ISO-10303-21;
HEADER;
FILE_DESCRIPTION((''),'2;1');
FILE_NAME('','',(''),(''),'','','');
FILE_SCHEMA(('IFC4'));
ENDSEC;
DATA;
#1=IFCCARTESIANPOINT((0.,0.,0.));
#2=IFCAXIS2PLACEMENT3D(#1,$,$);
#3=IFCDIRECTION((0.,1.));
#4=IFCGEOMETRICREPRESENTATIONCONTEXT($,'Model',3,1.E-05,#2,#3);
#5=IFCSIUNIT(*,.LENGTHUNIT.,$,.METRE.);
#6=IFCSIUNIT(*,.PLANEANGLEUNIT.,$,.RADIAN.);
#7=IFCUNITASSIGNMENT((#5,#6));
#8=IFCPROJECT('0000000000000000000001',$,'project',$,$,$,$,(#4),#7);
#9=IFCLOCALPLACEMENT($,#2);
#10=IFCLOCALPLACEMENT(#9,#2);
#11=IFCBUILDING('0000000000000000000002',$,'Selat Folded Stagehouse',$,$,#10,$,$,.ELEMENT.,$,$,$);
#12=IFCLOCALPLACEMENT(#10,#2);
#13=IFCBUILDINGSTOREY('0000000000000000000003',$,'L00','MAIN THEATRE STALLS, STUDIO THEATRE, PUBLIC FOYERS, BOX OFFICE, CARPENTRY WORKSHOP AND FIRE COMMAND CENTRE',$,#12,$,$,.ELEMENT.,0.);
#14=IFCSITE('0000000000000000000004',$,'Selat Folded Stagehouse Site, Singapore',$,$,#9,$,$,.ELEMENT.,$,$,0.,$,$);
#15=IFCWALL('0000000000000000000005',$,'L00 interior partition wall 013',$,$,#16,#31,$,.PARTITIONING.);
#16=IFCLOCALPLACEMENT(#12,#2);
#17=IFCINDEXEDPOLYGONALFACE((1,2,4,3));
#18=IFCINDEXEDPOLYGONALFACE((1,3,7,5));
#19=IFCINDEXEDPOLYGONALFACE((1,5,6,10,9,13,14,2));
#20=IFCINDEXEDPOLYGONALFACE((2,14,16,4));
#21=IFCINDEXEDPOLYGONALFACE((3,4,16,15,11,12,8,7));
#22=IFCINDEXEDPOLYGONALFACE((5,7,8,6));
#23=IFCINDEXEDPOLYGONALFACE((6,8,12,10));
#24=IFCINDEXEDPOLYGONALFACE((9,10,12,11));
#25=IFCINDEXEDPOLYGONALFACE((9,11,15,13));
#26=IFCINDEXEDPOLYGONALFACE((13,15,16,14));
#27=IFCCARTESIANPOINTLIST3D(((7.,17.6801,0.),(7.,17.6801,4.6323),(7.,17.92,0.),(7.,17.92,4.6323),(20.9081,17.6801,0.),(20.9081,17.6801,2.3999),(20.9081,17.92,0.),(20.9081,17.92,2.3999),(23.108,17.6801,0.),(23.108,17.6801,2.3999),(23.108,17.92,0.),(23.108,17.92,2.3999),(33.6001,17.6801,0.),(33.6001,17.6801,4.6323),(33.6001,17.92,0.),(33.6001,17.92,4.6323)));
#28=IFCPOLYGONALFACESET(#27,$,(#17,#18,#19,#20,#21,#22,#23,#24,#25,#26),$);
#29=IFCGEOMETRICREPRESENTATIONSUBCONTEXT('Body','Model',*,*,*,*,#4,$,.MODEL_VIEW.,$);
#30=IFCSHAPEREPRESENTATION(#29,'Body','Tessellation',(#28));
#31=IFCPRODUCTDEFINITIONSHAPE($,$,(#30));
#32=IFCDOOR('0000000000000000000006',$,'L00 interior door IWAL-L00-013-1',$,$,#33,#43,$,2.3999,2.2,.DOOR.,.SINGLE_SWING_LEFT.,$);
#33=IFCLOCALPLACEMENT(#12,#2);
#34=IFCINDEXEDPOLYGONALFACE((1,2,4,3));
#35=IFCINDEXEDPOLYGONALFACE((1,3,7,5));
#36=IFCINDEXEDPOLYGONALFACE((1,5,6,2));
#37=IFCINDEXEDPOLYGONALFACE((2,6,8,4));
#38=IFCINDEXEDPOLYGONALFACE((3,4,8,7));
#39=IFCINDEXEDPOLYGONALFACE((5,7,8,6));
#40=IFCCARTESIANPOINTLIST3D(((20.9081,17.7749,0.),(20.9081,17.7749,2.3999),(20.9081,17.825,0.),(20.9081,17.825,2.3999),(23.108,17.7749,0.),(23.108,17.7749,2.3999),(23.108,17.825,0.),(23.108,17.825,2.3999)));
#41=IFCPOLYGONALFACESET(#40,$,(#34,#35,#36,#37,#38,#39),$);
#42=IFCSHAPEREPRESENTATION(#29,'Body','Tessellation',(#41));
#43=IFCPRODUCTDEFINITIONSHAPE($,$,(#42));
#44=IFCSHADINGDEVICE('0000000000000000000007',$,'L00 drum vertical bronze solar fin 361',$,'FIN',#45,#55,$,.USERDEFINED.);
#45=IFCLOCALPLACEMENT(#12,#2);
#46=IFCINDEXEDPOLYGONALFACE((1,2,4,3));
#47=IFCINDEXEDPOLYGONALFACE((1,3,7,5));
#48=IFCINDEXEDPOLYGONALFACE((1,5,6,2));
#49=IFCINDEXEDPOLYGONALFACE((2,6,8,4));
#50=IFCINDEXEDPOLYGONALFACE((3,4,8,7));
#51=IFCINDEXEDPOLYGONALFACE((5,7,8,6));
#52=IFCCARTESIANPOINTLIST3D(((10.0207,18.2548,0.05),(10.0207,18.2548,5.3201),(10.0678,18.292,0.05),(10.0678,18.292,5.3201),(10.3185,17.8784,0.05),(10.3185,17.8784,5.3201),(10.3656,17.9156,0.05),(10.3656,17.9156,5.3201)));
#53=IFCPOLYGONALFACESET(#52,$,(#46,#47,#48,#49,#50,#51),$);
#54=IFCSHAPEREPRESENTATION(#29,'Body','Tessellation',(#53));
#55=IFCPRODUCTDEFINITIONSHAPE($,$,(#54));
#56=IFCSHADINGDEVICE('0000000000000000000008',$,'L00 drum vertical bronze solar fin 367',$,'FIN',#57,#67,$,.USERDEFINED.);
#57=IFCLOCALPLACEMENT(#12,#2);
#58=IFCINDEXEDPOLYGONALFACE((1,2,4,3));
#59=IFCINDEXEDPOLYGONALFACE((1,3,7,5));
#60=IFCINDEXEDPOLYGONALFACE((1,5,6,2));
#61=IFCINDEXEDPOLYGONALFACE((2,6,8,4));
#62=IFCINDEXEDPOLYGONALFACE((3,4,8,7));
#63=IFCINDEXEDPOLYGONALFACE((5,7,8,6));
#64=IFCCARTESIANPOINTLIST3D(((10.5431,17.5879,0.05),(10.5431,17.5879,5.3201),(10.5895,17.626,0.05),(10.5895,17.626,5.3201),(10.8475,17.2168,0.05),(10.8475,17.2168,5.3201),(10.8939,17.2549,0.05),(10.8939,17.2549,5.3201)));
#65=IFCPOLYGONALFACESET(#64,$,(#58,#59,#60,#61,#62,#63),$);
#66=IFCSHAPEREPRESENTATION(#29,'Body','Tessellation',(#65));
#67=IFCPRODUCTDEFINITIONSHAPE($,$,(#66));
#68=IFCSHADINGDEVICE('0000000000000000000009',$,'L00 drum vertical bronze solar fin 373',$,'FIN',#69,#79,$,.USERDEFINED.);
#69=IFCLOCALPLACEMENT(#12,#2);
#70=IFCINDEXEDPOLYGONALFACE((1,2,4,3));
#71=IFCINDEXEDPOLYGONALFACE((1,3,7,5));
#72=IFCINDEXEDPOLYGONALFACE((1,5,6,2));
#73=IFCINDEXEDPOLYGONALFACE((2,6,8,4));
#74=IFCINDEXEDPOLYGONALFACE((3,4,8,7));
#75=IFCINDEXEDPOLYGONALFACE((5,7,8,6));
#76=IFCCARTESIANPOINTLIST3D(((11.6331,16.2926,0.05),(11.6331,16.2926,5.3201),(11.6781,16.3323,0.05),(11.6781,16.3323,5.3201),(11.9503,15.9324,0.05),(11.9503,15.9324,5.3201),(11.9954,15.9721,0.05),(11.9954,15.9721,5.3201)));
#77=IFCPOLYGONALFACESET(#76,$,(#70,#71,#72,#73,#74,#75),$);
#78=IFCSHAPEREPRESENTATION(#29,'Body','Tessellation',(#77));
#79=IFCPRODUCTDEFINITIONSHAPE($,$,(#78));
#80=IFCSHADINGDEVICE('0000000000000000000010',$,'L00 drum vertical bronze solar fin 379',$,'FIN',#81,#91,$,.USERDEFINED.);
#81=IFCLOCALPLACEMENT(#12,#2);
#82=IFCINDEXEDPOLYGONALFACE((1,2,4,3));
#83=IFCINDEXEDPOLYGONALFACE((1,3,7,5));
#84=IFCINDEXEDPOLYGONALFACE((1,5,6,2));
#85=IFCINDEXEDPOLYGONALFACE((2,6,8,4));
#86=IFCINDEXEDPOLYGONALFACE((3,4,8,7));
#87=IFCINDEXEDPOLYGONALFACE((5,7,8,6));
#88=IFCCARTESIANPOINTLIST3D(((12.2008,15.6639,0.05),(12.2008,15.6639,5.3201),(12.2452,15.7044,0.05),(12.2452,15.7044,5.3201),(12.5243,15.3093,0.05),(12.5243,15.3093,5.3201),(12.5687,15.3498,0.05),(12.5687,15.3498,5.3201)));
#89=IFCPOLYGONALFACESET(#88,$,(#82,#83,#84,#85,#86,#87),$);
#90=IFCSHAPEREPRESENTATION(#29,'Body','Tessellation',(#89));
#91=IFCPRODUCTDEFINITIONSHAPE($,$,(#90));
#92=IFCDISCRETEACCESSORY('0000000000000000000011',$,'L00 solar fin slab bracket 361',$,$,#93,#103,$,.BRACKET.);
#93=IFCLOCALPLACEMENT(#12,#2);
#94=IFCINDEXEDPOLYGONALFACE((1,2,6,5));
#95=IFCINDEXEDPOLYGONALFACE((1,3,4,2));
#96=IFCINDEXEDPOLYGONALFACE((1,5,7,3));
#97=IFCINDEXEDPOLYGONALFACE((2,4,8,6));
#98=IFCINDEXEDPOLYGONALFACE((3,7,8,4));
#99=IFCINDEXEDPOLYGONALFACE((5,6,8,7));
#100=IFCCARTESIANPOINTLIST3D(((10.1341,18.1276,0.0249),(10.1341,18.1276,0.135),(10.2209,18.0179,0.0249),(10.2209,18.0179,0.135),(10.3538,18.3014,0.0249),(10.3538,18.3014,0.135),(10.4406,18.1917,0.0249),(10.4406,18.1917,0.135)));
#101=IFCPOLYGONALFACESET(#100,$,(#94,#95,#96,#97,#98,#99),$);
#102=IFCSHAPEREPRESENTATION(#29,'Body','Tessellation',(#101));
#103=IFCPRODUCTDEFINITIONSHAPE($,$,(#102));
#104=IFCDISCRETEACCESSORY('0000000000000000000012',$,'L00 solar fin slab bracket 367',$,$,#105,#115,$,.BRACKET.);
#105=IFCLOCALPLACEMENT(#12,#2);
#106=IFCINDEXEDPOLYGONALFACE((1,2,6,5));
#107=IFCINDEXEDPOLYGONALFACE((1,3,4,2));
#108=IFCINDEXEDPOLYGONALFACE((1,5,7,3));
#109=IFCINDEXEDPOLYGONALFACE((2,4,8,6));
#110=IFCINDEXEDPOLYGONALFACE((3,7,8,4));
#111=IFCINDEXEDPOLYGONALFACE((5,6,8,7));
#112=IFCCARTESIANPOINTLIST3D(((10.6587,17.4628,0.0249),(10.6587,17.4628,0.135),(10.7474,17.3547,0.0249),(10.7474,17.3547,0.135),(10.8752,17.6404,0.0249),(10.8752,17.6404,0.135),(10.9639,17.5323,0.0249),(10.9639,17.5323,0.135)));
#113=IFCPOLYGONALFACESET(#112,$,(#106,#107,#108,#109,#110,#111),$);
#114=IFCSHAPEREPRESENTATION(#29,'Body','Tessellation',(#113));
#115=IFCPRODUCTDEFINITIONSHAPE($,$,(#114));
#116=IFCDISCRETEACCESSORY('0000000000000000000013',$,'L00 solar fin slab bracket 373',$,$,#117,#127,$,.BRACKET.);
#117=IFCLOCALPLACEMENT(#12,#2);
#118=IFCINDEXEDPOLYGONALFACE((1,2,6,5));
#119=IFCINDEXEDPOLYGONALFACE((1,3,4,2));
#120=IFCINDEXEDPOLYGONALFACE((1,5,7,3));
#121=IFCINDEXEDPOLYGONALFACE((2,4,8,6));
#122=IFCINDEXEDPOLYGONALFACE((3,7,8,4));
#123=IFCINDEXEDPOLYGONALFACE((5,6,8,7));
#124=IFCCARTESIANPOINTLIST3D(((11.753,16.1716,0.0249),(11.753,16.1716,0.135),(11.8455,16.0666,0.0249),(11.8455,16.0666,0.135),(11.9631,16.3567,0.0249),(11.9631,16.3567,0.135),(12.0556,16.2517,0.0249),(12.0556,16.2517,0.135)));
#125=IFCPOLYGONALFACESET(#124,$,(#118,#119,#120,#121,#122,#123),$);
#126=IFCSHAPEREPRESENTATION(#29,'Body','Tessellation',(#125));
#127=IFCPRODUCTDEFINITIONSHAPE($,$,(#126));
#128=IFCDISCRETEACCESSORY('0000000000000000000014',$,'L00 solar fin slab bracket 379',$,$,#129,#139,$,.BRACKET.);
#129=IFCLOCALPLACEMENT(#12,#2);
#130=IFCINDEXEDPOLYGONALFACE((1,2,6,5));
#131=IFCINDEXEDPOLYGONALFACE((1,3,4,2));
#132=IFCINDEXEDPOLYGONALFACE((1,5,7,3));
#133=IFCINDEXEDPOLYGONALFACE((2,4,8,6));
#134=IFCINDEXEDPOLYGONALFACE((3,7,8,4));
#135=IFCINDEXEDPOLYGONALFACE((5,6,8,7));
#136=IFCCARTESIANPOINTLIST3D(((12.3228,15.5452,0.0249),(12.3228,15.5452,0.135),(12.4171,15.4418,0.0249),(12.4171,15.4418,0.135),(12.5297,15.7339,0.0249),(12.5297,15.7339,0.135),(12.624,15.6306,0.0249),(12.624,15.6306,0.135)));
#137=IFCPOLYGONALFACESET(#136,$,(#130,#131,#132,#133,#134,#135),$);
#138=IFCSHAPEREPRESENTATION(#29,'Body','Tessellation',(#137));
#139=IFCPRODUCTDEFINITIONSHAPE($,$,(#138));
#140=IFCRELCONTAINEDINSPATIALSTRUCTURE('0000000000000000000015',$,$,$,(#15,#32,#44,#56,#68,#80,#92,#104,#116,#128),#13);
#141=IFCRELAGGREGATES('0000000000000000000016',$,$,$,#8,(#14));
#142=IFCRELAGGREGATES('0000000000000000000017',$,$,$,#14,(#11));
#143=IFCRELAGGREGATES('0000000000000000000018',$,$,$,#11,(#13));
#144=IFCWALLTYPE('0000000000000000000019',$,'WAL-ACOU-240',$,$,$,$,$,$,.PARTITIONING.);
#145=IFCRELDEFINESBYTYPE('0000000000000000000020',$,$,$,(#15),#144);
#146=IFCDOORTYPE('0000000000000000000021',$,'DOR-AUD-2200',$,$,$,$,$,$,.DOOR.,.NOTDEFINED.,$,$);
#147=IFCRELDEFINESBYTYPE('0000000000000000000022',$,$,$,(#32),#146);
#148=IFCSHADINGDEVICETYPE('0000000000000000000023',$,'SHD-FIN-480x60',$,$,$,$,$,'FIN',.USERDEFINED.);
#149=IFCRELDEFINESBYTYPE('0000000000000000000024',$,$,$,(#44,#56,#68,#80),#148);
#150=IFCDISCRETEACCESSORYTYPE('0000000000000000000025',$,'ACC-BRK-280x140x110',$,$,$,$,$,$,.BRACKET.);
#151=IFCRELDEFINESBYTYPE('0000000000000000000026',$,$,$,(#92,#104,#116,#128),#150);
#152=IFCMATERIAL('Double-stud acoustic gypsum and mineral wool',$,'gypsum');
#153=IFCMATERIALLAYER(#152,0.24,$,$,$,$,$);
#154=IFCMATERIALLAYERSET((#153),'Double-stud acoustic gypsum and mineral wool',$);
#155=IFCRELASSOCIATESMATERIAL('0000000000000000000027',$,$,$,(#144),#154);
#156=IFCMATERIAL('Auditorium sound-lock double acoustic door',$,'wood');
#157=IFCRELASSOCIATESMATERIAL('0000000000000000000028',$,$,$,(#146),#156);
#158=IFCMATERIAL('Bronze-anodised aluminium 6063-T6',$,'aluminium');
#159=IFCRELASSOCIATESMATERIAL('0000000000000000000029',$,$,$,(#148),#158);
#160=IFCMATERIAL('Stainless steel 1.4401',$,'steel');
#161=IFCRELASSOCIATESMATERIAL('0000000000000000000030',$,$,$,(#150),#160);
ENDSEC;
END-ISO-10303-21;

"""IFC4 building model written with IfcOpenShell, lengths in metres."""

from ifc_helpers import new_model, si_unit, direction, frame, frame_2d, origin, origin_2d, place, context, subcontext, project, spatial, rectangle, extrude, material, layer, layer_set, material_profile, profile_set, type_object, element, fill, save


model = new_model("IFC4")

# Units and contexts
model_context = context("Model", 3, precision=1e-05, world=origin(), true_north=direction((0.0, 1.0)))
body_context = subcontext(model_context, "Body", "Model", "MODEL_VIEW")
ifc_project = project(units=[si_unit("LENGTHUNIT", "METRE"), si_unit("PLANEANGLEUNIT", "RADIAN")], contexts=[model_context])

# Site, building, storey
site_placement = place(None, origin())
site = spatial("IfcSite", under=ifc_project, at=site_placement, Name="Selat Folded Stagehouse Site, Singapore", CompositionType="ELEMENT", RefElevation=0.0)
building_placement = place(site_placement, origin())
building = spatial("IfcBuilding", under=site, at=building_placement, Name="Selat Folded Stagehouse", CompositionType="ELEMENT")
storey_placement = place(building_placement, origin())
storey = spatial("IfcBuildingStorey", under=building, at=storey_placement, Name="L00", Description="MAIN THEATRE STALLS, STUDIO THEATRE, PUBLIC FOYERS, BOX OFFICE, CARPENTRY WORKSHOP AND FIRE COMMAND CENTRE", CompositionType="ELEMENT", Elevation=0.0)

# Wall, opening, door
ifc_material_1 = material(Name="Double-stud acoustic gypsum and mineral wool", Category="gypsum")
ifc_layer_1 = layer(ifc_material_1, 0.24)
ifc_layer_set_1 = layer_set([ifc_layer_1], Name="Double-stud acoustic gypsum and mineral wool")
wall_type = type_object("IfcWallType", Name="WAL-ACOU-240", PredefinedType="PARTITIONING", material=ifc_layer_set_1)
wall_placement = place(storey_placement, frame((7.0, 17.8, 0.0), z_axis=(0.0, 0.0, 1.0), x_axis=(1.0, 0.0, 0.0)))
wall = element("IfcWall", 1, at=wall_placement, inside=storey, type_object=wall_type, Name="L00 interior partition wall 013", PredefinedType="PARTITIONING", context=body_context, shape_type="SweptSolid", body=[
    extrude(rectangle(XDim=26.6001, YDim=0.24, at=frame_2d((13.3, 0.0))), origin(), (0.0, 0.0, 1.0), 4.6323),
])
opening_placement = place(wall_placement, frame((13.908, 0.0, 0.0)))
opening = element("IfcOpeningElement", 2, at=opening_placement, cuts=wall, PredefinedType="OPENING", context=body_context, shape_type="SweptSolid", body=[
    extrude(rectangle(XDim=2.2, YDim=2.3999, at=frame_2d((1.1001, 1.2))), frame((0.0, 0.1299, 0.0), z_axis=(0.0, -1.0, 0.0), x_axis=(1.0, 0.0, 0.0)), (0.0, 0.0, 1.0), 0.26),
])
ifc_material_2 = material(Name="Auditorium sound-lock double acoustic door", Category="wood")
door_type = type_object("IfcDoorType", Name="DOR-AUD-2200", OperationType="NOTDEFINED", PredefinedType="DOOR", material=ifc_material_2)
door_placement = place(opening_placement, origin())
door = element("IfcDoor", 3, at=door_placement, inside=storey, type_object=door_type, Name="L00 interior door IWAL-L00-013-1", OperationType="SINGLE_SWING_LEFT", OverallHeight=2.3999, OverallWidth=2.2, PredefinedType="DOOR", context=body_context, shape_type="SweptSolid", body=[
    extrude(rectangle(XDim=2.2, YDim=2.3999, at=frame_2d((1.1001, 1.2))), frame((0.0, 0.0249, 0.0), z_axis=(0.0, -1.0, 0.0), x_axis=(1.0, 0.0, 0.0)), (0.0, 0.0, 1.0), 0.05),
])
fill(opening, door)

# Shading devices
ifc_material_3 = material(Name="Bronze-anodised aluminium 6063-T6", Category="aluminium")
ifc_material_profile_1 = material_profile(ifc_material_3, rectangle(XDim=0.0601, YDim=0.48, at=origin_2d()), Name="SOLAR-FIN 480x60")
ifc_profile_set_1 = profile_set([ifc_material_profile_1], Name="Bronze-anodised aluminium 6063-T6")
shading_device_type = type_object("IfcShadingDeviceType", Name="SHD-FIN-480x60", ElementType="FIN", PredefinedType="USERDEFINED", material=ifc_profile_set_1)
for number, where, z_axis, x_axis, name in (
    (4, (10.1931, 18.0852, 0.05), (0.0, 0.0, 1.0), (-0.784235, -0.620464, 0.0), "L00 drum vertical bronze solar fin 361"),
    (5, (10.7185, 17.4214, 0.05), (0.0, 0.0, 1.0), (-0.773177, -0.634191, 0.0), "L00 drum vertical bronze solar fin 367"),
    (6, (11.8142, 16.1323, 0.05), (0.0, 0.0, 1.0), (-0.750457, -0.660919, 0.0), "L00 drum vertical bronze solar fin 373"),
    (7, (12.3848, 15.5068, 0.05), (0.0, 0.0, 1.0), (-0.738691, -0.674045, 0.0), "L00 drum vertical bronze solar fin 379"),
):
    element("IfcShadingDevice", number, at=place(storey_placement, frame(where, z_axis=z_axis, x_axis=x_axis)), inside=storey, type_object=shading_device_type, Name=name, ObjectType="FIN", PredefinedType="USERDEFINED", context=body_context, shape_type="SweptSolid", body=[
        extrude(rectangle(XDim=0.0601, YDim=0.48, at=origin_2d()), origin(), (0.0, 0.0, 1.0), 5.27),
    ])

# Discrete accessories
ifc_material_4 = material(Name="Stainless steel 1.4401", Category="steel")
discrete_accessory_type = type_object("IfcDiscreteAccessoryType", Name="ACC-BRK-280x140x110", PredefinedType="BRACKET", material=ifc_material_4)
for number, where, z_axis, x_axis, name in (
    (8, (10.2874, 18.1597, 0.0249), (0.0, 0.0, 1.0), (-0.784235, -0.620464, 0.0), "L00 solar fin slab bracket 361"),
    (9, (10.8113, 17.4976, 0.0249), (0.0, 0.0, 1.0), (-0.773177, -0.634191, 0.0), "L00 solar fin slab bracket 367"),
    (10, (11.9043, 16.2117, 0.0249), (0.0, 0.0, 1.0), (-0.750457, -0.660919, 0.0), "L00 solar fin slab bracket 373"),
    (11, (12.4734, 15.5879, 0.0249), (0.0, 0.0, 1.0), (-0.738691, -0.674045, 0.0), "L00 solar fin slab bracket 379"),
):
    element("IfcDiscreteAccessory", number, at=place(storey_placement, frame(where, z_axis=z_axis, x_axis=x_axis)), inside=storey, type_object=discrete_accessory_type, Name=name, PredefinedType="BRACKET", context=body_context, shape_type="SweptSolid", body=[
        extrude(rectangle(XDim=0.28, YDim=0.1399, at=origin_2d()), origin(), (0.0, 0.0, 1.0), 0.1101),
    ])

save(model, "model.ifc")
